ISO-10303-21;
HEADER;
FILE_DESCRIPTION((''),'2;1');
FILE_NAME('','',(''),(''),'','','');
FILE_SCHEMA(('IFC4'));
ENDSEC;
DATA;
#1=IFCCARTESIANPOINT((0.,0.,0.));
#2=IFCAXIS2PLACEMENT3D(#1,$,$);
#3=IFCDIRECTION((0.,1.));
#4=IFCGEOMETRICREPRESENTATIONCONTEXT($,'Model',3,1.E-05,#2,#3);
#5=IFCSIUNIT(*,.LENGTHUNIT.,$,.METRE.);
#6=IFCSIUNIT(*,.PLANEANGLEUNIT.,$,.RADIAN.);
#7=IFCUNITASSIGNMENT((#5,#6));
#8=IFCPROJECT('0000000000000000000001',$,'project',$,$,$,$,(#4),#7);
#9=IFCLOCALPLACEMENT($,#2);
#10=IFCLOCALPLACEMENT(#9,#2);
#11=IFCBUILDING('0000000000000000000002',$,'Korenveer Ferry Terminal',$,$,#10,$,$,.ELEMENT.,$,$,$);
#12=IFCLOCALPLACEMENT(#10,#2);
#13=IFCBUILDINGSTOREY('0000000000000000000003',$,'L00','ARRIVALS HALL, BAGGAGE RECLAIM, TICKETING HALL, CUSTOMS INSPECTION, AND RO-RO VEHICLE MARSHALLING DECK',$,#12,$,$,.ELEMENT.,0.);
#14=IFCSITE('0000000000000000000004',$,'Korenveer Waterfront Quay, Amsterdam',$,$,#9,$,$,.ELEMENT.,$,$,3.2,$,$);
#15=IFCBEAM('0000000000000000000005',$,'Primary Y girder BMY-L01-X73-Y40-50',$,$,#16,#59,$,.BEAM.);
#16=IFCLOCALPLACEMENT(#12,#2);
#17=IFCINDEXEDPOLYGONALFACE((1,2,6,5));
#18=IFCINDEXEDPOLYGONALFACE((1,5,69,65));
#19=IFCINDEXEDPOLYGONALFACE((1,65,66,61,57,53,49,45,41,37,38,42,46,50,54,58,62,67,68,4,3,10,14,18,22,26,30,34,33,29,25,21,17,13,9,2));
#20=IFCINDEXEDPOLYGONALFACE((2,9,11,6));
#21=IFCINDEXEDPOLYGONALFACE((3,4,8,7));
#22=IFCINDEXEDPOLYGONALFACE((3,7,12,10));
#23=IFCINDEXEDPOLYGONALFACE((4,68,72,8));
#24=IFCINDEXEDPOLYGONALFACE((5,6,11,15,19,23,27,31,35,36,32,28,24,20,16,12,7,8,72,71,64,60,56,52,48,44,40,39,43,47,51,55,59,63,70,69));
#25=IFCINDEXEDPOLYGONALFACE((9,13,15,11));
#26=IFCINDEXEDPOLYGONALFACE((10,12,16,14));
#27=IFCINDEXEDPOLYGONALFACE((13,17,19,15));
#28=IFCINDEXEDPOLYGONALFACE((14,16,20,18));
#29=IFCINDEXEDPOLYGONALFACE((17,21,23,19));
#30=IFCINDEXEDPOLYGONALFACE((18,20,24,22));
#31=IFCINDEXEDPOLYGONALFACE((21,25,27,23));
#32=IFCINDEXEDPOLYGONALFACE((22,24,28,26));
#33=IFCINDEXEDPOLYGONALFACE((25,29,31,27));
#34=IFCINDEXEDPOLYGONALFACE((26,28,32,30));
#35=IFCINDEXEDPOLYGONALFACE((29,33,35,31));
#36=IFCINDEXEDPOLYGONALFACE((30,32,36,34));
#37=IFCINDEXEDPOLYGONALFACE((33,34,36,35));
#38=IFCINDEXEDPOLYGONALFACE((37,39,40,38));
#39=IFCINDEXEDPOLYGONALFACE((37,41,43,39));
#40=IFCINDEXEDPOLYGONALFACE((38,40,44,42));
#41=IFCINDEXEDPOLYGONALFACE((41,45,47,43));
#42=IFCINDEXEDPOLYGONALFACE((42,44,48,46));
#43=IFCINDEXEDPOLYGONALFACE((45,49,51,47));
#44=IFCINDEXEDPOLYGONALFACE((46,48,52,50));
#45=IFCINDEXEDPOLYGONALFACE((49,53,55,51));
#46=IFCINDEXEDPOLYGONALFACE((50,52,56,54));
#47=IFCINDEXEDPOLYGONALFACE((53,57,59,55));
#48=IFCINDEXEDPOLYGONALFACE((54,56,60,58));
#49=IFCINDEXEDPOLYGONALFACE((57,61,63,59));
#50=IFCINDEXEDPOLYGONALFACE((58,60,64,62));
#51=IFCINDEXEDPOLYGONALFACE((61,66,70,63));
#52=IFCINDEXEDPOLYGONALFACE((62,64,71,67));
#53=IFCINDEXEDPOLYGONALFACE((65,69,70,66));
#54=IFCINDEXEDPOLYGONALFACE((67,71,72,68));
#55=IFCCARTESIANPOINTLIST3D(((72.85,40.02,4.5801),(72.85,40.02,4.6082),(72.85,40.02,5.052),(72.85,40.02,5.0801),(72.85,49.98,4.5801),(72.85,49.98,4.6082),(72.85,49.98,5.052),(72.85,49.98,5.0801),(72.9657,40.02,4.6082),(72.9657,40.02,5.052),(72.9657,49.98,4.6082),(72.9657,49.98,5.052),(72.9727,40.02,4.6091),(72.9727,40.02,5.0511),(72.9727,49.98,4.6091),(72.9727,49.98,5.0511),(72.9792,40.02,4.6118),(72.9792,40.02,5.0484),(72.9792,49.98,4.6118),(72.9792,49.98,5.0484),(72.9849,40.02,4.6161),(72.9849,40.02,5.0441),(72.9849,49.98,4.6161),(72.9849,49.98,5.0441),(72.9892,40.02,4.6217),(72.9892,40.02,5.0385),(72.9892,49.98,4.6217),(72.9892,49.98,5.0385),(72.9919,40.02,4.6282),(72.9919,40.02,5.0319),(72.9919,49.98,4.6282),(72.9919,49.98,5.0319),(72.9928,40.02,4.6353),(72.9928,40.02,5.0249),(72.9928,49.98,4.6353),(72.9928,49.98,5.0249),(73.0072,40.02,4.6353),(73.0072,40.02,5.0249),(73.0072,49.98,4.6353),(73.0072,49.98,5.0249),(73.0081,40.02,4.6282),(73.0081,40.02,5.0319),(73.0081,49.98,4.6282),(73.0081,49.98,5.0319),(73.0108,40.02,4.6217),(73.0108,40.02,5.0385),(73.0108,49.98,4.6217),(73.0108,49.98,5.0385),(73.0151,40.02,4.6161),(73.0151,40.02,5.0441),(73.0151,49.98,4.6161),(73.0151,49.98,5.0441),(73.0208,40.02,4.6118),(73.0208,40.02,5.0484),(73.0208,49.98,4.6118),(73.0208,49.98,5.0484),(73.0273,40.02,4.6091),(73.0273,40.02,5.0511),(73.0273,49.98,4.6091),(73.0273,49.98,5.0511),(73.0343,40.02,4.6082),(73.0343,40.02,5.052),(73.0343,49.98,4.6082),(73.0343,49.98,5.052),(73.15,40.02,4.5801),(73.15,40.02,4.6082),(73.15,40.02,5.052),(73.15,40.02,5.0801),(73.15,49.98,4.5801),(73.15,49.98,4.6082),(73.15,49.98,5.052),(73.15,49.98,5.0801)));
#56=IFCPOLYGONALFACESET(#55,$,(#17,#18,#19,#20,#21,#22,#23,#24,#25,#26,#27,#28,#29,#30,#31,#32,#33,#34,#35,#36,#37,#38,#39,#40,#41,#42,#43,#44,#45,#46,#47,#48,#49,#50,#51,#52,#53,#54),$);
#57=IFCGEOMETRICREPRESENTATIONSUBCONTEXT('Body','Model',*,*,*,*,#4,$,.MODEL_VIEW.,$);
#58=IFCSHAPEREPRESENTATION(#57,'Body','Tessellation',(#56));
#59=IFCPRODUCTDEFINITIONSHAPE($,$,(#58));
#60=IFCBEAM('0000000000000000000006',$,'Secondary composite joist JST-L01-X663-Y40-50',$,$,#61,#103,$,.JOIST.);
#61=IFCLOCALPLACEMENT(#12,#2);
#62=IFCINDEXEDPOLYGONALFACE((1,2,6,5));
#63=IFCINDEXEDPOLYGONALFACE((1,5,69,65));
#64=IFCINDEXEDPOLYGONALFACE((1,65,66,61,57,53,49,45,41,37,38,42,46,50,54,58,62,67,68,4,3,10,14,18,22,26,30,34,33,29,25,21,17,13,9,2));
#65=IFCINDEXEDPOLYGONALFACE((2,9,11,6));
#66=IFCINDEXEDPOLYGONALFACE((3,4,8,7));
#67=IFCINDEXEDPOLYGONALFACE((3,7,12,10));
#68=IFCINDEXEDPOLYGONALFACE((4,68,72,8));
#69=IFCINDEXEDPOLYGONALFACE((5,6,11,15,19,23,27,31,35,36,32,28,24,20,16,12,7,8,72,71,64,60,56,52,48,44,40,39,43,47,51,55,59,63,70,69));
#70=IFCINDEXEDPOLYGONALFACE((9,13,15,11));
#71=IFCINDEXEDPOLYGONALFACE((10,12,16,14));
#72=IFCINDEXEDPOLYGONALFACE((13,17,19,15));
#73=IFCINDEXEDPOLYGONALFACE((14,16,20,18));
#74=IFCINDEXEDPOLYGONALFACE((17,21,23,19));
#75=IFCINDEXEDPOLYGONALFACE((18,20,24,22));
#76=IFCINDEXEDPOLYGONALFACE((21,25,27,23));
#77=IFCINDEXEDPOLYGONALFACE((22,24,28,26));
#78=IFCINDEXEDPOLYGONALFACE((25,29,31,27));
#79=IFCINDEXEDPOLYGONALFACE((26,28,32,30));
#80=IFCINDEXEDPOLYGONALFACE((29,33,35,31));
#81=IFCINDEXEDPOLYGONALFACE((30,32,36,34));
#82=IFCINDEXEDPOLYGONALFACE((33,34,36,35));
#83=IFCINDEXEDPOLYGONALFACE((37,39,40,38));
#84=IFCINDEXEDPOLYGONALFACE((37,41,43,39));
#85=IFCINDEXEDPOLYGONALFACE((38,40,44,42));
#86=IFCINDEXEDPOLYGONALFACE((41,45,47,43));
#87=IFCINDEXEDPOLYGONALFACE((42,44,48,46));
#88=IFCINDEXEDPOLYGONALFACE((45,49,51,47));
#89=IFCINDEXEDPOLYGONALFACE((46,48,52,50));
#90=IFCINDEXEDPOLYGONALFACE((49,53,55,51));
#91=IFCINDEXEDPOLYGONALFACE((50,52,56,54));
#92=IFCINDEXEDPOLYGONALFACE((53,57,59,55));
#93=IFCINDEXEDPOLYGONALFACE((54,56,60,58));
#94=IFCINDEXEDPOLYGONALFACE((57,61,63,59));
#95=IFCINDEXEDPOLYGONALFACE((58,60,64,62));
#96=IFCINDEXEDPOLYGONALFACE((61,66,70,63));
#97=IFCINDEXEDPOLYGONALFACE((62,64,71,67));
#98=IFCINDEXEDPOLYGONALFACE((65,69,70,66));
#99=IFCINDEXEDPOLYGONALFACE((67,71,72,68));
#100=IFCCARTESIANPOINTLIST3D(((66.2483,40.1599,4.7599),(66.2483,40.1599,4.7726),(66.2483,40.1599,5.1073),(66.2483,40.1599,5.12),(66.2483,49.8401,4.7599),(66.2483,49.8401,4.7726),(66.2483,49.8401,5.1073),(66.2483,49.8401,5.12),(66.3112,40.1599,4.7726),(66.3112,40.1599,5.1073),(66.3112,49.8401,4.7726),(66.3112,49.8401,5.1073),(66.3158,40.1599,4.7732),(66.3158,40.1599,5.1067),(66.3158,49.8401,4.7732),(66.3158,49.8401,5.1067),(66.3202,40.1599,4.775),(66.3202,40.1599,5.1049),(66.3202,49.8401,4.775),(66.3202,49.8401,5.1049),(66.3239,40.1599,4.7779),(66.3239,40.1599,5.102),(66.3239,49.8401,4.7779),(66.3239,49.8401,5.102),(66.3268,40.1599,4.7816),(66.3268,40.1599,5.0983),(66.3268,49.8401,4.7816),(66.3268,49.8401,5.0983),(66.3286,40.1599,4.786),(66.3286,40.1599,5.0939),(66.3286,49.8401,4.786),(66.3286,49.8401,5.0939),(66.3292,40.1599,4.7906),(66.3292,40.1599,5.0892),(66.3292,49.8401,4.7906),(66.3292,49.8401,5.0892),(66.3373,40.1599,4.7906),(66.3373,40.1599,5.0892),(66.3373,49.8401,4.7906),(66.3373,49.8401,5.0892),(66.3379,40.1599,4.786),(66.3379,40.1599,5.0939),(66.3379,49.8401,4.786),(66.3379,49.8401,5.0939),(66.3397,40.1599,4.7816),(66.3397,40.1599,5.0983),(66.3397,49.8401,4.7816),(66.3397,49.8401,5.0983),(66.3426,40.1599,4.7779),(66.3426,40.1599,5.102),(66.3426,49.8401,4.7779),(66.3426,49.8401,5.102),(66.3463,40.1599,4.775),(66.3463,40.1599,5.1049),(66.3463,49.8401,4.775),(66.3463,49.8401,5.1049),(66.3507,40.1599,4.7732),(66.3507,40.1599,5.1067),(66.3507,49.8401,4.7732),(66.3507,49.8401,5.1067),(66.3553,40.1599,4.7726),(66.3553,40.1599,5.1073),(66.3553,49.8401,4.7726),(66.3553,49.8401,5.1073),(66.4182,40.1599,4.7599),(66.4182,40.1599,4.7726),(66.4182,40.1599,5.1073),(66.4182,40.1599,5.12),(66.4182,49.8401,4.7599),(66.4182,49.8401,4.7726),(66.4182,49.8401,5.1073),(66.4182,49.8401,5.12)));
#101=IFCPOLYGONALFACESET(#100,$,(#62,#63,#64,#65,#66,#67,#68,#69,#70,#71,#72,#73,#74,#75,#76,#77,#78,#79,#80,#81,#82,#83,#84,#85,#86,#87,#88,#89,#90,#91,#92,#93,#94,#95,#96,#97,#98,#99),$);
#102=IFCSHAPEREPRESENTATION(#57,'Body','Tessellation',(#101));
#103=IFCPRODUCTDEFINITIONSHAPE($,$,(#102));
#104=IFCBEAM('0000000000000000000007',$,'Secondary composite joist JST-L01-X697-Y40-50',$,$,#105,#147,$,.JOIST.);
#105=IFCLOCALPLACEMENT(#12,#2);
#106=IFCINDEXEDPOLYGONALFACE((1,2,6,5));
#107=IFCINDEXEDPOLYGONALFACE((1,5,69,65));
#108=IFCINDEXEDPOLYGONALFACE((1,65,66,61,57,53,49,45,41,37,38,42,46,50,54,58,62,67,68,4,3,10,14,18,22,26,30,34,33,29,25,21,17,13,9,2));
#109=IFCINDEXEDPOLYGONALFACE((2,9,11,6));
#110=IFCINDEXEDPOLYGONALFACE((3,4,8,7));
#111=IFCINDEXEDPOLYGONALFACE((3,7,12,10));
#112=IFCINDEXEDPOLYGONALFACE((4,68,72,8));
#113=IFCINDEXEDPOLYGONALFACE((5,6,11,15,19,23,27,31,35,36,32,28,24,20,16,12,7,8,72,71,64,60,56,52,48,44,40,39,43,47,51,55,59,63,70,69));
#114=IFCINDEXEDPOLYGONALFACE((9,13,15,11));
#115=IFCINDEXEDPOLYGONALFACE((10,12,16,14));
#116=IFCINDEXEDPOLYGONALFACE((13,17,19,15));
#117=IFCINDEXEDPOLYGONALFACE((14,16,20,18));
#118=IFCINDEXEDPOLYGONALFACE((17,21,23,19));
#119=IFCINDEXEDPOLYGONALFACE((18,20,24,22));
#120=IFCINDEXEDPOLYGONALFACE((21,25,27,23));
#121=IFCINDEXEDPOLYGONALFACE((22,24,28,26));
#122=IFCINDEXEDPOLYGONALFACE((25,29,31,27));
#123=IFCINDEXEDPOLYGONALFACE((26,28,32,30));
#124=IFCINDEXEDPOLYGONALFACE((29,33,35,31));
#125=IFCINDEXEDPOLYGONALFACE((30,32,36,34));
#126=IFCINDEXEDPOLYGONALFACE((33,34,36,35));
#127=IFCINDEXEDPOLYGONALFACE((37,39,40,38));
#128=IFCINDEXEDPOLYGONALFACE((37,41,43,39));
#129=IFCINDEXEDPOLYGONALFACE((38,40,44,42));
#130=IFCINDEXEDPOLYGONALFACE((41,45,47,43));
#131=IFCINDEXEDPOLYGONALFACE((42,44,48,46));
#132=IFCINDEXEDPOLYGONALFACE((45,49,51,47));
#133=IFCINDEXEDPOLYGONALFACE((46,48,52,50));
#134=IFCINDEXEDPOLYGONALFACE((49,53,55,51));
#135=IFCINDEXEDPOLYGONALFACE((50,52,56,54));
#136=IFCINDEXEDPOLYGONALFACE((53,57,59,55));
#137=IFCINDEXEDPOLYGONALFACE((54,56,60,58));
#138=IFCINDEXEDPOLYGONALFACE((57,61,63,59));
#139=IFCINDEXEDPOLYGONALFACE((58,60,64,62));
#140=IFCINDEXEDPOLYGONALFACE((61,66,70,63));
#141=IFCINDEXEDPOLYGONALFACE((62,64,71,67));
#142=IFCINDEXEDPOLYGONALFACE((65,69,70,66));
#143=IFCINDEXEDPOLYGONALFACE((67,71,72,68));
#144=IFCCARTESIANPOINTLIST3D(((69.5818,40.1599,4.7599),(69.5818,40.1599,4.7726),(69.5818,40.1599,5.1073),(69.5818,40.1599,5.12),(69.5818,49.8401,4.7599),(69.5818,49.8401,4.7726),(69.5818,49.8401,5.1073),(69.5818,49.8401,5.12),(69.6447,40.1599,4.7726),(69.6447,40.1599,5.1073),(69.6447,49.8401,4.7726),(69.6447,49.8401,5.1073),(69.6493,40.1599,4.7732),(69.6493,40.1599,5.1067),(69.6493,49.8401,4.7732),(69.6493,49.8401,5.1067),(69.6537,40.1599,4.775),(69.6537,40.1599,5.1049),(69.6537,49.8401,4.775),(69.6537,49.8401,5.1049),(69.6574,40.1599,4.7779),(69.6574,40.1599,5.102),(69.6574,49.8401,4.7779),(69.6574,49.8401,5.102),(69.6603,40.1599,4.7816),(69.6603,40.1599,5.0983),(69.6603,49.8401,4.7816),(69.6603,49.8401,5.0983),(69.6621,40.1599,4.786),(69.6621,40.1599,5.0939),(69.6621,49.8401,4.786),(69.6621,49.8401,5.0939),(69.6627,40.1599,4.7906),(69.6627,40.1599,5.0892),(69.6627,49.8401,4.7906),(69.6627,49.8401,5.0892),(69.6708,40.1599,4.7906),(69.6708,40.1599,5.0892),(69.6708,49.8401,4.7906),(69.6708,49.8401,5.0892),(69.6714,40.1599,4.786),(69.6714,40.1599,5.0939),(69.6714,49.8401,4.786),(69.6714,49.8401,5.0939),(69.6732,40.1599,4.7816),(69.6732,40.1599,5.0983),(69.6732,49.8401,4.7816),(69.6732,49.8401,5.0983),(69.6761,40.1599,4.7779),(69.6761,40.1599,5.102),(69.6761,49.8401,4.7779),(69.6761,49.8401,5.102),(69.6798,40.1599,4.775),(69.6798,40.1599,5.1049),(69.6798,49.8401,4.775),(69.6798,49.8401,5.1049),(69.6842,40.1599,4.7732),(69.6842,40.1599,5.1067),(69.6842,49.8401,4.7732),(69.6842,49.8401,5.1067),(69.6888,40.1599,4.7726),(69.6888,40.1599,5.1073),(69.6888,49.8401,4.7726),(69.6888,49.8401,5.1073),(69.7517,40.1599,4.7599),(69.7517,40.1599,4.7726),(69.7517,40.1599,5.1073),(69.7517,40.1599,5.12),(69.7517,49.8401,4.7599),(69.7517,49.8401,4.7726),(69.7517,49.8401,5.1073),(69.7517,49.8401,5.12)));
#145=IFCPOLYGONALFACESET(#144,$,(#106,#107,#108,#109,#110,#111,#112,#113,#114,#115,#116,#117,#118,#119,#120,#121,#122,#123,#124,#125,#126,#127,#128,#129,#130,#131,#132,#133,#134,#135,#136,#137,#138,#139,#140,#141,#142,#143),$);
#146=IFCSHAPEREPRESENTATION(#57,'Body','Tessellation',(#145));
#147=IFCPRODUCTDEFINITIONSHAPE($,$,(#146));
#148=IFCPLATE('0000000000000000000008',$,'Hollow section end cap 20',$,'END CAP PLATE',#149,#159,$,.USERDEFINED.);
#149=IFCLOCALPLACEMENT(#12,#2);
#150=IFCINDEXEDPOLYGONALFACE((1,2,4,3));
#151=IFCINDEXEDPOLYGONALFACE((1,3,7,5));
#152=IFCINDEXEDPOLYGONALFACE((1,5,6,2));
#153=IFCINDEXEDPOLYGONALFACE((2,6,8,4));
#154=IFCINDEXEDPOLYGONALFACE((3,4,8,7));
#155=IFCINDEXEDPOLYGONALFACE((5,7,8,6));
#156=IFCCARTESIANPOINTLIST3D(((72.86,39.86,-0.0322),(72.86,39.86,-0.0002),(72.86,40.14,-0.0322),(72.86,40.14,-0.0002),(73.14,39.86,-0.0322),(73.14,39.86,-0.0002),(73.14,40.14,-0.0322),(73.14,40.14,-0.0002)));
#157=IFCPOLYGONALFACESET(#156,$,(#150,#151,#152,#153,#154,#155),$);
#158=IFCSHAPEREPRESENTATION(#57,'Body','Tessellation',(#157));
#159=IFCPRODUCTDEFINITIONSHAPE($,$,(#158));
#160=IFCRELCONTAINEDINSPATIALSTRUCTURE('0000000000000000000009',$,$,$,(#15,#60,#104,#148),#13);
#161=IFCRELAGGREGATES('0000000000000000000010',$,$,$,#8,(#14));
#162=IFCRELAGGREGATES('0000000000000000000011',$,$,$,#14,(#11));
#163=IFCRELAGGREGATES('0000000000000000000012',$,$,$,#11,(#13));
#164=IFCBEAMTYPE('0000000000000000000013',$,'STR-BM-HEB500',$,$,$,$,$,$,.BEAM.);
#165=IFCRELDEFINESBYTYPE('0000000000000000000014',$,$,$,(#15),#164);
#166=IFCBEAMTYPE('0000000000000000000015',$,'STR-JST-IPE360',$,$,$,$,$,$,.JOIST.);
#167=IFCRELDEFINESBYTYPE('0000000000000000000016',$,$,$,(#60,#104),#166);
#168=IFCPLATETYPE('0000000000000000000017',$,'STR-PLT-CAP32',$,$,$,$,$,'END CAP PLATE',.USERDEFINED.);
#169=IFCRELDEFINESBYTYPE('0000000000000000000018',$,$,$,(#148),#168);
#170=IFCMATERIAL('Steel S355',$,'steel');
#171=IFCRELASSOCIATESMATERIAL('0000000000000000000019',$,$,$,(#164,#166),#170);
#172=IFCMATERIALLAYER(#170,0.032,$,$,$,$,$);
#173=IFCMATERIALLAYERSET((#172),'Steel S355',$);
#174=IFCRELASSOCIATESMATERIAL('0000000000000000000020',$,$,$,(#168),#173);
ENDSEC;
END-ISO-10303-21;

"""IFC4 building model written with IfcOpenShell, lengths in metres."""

from ifc_helpers import new_model, si_unit, direction, frame, origin, origin_2d, place, context, subcontext, project, spatial, rectangle, i_section, extrude, material, layer, layer_set, material_profile, profile_set, type_object, element, save


model = new_model("IFC4")

# Units and contexts
model_context = context("Model", 3, precision=1e-05, world=origin(), true_north=direction((0.0, 1.0)))
body_context = subcontext(model_context, "Body", "Model", "MODEL_VIEW")
ifc_project = project(units=[si_unit("LENGTHUNIT", "METRE"), si_unit("PLANEANGLEUNIT", "RADIAN")], contexts=[model_context])

# Site, building, storey
site_placement = place(None, origin())
site = spatial("IfcSite", under=ifc_project, at=site_placement, Name="Korenveer Waterfront Quay, Amsterdam", CompositionType="ELEMENT", RefElevation=3.2)
building_placement = place(site_placement, origin())
building = spatial("IfcBuilding", under=site, at=building_placement, Name="Korenveer Ferry Terminal", CompositionType="ELEMENT")
storey_placement = place(building_placement, origin())
storey = spatial("IfcBuildingStorey", under=building, at=storey_placement, Name="L00", Description="ARRIVALS HALL, BAGGAGE RECLAIM, TICKETING HALL, CUSTOMS INSPECTION, AND RO-RO VEHICLE MARSHALLING DECK", CompositionType="ELEMENT", Elevation=0.0)

# Shared definitions
ifc_material_1 = material(Name="Steel S355", Category="steel")

# Beams
ifc_material_profile_1 = material_profile(ifc_material_1, i_section(OverallWidth=0.3, OverallDepth=0.5, WebThickness=0.0144, FlangeThickness=0.0281, FilletRadius=0.0271, at=origin_2d()), Name="HEB 500")
ifc_profile_set_1 = profile_set([ifc_material_profile_1], Name="Steel S355")
beam_type_1 = type_object("IfcBeamType", Name="STR-BM-HEB500", PredefinedType="BEAM", material=ifc_profile_set_1)
for number, where, z_axis, x_axis, name in (
    (1, (73.0, 40.02, 4.8301), (0.0, 1.0, 0.0), (-1.0, 0.0, 0.0), "Primary Y girder BMY-L01-X73-Y40-50"),
):
    element("IfcBeam", number, at=place(storey_placement, frame(where, z_axis=z_axis, x_axis=x_axis)), inside=storey, type_object=beam_type_1, Name=name, PredefinedType="BEAM", context=body_context, shape_type="SweptSolid", body=[
        extrude(i_section(OverallWidth=0.3, OverallDepth=0.5, WebThickness=0.0144, FlangeThickness=0.0281, FilletRadius=0.0271, at=origin_2d()), origin(), (0.0, 0.0, 1.0), 9.96),
    ])
ifc_material_profile_2 = material_profile(ifc_material_1, i_section(OverallWidth=0.1699, OverallDepth=0.3601, WebThickness=0.0081, FlangeThickness=0.0127, FilletRadius=0.0181, at=origin_2d()), Name="IPE 360")
ifc_profile_set_2 = profile_set([ifc_material_profile_2], Name="Steel S355")
beam_type_2 = type_object("IfcBeamType", Name="STR-JST-IPE360", PredefinedType="JOIST", material=ifc_profile_set_2)
for number, where, z_axis, x_axis, name in (
    (2, (66.3333, 40.1599, 4.9399), (0.0, 1.0, 0.0), (-1.0, 0.0, 0.0), "Secondary composite joist JST-L01-X663-Y40-50"),
    (3, (69.6667, 40.1599, 4.9399), (0.0, 1.0, 0.0), (-1.0, 0.0, 0.0), "Secondary composite joist JST-L01-X697-Y40-50"),
):
    element("IfcBeam", number, at=place(storey_placement, frame(where, z_axis=z_axis, x_axis=x_axis)), inside=storey, type_object=beam_type_2, Name=name, PredefinedType="JOIST", context=body_context, shape_type="SweptSolid", body=[
        extrude(i_section(OverallWidth=0.1699, OverallDepth=0.3601, WebThickness=0.0081, FlangeThickness=0.0127, FilletRadius=0.0181, at=origin_2d()), origin(), (0.0, 0.0, 1.0), 9.6802),
    ])

# Plate
ifc_layer = layer(ifc_material_1, 0.032)
ifc_layer_set = layer_set([ifc_layer], Name="Steel S355")
plate_type = type_object("IfcPlateType", Name="STR-PLT-CAP32", ElementType="END CAP PLATE", PredefinedType="USERDEFINED", material=ifc_layer_set)
plate_placement = place(storey_placement, frame((73.0, 40.0, -0.0322), z_axis=(0.0, 0.0, 1.0), x_axis=(1.0, 0.0, 0.0)))
element("IfcPlate", 4, at=plate_placement, inside=storey, type_object=plate_type, Name="Hollow section end cap 20", ObjectType="END CAP PLATE", PredefinedType="USERDEFINED", context=body_context, shape_type="SweptSolid", body=[
    extrude(rectangle(XDim=0.28, YDim=0.28, at=origin_2d()), origin(), (0.0, 0.0, 1.0), 0.032),
])

save(model, "model.ifc")
